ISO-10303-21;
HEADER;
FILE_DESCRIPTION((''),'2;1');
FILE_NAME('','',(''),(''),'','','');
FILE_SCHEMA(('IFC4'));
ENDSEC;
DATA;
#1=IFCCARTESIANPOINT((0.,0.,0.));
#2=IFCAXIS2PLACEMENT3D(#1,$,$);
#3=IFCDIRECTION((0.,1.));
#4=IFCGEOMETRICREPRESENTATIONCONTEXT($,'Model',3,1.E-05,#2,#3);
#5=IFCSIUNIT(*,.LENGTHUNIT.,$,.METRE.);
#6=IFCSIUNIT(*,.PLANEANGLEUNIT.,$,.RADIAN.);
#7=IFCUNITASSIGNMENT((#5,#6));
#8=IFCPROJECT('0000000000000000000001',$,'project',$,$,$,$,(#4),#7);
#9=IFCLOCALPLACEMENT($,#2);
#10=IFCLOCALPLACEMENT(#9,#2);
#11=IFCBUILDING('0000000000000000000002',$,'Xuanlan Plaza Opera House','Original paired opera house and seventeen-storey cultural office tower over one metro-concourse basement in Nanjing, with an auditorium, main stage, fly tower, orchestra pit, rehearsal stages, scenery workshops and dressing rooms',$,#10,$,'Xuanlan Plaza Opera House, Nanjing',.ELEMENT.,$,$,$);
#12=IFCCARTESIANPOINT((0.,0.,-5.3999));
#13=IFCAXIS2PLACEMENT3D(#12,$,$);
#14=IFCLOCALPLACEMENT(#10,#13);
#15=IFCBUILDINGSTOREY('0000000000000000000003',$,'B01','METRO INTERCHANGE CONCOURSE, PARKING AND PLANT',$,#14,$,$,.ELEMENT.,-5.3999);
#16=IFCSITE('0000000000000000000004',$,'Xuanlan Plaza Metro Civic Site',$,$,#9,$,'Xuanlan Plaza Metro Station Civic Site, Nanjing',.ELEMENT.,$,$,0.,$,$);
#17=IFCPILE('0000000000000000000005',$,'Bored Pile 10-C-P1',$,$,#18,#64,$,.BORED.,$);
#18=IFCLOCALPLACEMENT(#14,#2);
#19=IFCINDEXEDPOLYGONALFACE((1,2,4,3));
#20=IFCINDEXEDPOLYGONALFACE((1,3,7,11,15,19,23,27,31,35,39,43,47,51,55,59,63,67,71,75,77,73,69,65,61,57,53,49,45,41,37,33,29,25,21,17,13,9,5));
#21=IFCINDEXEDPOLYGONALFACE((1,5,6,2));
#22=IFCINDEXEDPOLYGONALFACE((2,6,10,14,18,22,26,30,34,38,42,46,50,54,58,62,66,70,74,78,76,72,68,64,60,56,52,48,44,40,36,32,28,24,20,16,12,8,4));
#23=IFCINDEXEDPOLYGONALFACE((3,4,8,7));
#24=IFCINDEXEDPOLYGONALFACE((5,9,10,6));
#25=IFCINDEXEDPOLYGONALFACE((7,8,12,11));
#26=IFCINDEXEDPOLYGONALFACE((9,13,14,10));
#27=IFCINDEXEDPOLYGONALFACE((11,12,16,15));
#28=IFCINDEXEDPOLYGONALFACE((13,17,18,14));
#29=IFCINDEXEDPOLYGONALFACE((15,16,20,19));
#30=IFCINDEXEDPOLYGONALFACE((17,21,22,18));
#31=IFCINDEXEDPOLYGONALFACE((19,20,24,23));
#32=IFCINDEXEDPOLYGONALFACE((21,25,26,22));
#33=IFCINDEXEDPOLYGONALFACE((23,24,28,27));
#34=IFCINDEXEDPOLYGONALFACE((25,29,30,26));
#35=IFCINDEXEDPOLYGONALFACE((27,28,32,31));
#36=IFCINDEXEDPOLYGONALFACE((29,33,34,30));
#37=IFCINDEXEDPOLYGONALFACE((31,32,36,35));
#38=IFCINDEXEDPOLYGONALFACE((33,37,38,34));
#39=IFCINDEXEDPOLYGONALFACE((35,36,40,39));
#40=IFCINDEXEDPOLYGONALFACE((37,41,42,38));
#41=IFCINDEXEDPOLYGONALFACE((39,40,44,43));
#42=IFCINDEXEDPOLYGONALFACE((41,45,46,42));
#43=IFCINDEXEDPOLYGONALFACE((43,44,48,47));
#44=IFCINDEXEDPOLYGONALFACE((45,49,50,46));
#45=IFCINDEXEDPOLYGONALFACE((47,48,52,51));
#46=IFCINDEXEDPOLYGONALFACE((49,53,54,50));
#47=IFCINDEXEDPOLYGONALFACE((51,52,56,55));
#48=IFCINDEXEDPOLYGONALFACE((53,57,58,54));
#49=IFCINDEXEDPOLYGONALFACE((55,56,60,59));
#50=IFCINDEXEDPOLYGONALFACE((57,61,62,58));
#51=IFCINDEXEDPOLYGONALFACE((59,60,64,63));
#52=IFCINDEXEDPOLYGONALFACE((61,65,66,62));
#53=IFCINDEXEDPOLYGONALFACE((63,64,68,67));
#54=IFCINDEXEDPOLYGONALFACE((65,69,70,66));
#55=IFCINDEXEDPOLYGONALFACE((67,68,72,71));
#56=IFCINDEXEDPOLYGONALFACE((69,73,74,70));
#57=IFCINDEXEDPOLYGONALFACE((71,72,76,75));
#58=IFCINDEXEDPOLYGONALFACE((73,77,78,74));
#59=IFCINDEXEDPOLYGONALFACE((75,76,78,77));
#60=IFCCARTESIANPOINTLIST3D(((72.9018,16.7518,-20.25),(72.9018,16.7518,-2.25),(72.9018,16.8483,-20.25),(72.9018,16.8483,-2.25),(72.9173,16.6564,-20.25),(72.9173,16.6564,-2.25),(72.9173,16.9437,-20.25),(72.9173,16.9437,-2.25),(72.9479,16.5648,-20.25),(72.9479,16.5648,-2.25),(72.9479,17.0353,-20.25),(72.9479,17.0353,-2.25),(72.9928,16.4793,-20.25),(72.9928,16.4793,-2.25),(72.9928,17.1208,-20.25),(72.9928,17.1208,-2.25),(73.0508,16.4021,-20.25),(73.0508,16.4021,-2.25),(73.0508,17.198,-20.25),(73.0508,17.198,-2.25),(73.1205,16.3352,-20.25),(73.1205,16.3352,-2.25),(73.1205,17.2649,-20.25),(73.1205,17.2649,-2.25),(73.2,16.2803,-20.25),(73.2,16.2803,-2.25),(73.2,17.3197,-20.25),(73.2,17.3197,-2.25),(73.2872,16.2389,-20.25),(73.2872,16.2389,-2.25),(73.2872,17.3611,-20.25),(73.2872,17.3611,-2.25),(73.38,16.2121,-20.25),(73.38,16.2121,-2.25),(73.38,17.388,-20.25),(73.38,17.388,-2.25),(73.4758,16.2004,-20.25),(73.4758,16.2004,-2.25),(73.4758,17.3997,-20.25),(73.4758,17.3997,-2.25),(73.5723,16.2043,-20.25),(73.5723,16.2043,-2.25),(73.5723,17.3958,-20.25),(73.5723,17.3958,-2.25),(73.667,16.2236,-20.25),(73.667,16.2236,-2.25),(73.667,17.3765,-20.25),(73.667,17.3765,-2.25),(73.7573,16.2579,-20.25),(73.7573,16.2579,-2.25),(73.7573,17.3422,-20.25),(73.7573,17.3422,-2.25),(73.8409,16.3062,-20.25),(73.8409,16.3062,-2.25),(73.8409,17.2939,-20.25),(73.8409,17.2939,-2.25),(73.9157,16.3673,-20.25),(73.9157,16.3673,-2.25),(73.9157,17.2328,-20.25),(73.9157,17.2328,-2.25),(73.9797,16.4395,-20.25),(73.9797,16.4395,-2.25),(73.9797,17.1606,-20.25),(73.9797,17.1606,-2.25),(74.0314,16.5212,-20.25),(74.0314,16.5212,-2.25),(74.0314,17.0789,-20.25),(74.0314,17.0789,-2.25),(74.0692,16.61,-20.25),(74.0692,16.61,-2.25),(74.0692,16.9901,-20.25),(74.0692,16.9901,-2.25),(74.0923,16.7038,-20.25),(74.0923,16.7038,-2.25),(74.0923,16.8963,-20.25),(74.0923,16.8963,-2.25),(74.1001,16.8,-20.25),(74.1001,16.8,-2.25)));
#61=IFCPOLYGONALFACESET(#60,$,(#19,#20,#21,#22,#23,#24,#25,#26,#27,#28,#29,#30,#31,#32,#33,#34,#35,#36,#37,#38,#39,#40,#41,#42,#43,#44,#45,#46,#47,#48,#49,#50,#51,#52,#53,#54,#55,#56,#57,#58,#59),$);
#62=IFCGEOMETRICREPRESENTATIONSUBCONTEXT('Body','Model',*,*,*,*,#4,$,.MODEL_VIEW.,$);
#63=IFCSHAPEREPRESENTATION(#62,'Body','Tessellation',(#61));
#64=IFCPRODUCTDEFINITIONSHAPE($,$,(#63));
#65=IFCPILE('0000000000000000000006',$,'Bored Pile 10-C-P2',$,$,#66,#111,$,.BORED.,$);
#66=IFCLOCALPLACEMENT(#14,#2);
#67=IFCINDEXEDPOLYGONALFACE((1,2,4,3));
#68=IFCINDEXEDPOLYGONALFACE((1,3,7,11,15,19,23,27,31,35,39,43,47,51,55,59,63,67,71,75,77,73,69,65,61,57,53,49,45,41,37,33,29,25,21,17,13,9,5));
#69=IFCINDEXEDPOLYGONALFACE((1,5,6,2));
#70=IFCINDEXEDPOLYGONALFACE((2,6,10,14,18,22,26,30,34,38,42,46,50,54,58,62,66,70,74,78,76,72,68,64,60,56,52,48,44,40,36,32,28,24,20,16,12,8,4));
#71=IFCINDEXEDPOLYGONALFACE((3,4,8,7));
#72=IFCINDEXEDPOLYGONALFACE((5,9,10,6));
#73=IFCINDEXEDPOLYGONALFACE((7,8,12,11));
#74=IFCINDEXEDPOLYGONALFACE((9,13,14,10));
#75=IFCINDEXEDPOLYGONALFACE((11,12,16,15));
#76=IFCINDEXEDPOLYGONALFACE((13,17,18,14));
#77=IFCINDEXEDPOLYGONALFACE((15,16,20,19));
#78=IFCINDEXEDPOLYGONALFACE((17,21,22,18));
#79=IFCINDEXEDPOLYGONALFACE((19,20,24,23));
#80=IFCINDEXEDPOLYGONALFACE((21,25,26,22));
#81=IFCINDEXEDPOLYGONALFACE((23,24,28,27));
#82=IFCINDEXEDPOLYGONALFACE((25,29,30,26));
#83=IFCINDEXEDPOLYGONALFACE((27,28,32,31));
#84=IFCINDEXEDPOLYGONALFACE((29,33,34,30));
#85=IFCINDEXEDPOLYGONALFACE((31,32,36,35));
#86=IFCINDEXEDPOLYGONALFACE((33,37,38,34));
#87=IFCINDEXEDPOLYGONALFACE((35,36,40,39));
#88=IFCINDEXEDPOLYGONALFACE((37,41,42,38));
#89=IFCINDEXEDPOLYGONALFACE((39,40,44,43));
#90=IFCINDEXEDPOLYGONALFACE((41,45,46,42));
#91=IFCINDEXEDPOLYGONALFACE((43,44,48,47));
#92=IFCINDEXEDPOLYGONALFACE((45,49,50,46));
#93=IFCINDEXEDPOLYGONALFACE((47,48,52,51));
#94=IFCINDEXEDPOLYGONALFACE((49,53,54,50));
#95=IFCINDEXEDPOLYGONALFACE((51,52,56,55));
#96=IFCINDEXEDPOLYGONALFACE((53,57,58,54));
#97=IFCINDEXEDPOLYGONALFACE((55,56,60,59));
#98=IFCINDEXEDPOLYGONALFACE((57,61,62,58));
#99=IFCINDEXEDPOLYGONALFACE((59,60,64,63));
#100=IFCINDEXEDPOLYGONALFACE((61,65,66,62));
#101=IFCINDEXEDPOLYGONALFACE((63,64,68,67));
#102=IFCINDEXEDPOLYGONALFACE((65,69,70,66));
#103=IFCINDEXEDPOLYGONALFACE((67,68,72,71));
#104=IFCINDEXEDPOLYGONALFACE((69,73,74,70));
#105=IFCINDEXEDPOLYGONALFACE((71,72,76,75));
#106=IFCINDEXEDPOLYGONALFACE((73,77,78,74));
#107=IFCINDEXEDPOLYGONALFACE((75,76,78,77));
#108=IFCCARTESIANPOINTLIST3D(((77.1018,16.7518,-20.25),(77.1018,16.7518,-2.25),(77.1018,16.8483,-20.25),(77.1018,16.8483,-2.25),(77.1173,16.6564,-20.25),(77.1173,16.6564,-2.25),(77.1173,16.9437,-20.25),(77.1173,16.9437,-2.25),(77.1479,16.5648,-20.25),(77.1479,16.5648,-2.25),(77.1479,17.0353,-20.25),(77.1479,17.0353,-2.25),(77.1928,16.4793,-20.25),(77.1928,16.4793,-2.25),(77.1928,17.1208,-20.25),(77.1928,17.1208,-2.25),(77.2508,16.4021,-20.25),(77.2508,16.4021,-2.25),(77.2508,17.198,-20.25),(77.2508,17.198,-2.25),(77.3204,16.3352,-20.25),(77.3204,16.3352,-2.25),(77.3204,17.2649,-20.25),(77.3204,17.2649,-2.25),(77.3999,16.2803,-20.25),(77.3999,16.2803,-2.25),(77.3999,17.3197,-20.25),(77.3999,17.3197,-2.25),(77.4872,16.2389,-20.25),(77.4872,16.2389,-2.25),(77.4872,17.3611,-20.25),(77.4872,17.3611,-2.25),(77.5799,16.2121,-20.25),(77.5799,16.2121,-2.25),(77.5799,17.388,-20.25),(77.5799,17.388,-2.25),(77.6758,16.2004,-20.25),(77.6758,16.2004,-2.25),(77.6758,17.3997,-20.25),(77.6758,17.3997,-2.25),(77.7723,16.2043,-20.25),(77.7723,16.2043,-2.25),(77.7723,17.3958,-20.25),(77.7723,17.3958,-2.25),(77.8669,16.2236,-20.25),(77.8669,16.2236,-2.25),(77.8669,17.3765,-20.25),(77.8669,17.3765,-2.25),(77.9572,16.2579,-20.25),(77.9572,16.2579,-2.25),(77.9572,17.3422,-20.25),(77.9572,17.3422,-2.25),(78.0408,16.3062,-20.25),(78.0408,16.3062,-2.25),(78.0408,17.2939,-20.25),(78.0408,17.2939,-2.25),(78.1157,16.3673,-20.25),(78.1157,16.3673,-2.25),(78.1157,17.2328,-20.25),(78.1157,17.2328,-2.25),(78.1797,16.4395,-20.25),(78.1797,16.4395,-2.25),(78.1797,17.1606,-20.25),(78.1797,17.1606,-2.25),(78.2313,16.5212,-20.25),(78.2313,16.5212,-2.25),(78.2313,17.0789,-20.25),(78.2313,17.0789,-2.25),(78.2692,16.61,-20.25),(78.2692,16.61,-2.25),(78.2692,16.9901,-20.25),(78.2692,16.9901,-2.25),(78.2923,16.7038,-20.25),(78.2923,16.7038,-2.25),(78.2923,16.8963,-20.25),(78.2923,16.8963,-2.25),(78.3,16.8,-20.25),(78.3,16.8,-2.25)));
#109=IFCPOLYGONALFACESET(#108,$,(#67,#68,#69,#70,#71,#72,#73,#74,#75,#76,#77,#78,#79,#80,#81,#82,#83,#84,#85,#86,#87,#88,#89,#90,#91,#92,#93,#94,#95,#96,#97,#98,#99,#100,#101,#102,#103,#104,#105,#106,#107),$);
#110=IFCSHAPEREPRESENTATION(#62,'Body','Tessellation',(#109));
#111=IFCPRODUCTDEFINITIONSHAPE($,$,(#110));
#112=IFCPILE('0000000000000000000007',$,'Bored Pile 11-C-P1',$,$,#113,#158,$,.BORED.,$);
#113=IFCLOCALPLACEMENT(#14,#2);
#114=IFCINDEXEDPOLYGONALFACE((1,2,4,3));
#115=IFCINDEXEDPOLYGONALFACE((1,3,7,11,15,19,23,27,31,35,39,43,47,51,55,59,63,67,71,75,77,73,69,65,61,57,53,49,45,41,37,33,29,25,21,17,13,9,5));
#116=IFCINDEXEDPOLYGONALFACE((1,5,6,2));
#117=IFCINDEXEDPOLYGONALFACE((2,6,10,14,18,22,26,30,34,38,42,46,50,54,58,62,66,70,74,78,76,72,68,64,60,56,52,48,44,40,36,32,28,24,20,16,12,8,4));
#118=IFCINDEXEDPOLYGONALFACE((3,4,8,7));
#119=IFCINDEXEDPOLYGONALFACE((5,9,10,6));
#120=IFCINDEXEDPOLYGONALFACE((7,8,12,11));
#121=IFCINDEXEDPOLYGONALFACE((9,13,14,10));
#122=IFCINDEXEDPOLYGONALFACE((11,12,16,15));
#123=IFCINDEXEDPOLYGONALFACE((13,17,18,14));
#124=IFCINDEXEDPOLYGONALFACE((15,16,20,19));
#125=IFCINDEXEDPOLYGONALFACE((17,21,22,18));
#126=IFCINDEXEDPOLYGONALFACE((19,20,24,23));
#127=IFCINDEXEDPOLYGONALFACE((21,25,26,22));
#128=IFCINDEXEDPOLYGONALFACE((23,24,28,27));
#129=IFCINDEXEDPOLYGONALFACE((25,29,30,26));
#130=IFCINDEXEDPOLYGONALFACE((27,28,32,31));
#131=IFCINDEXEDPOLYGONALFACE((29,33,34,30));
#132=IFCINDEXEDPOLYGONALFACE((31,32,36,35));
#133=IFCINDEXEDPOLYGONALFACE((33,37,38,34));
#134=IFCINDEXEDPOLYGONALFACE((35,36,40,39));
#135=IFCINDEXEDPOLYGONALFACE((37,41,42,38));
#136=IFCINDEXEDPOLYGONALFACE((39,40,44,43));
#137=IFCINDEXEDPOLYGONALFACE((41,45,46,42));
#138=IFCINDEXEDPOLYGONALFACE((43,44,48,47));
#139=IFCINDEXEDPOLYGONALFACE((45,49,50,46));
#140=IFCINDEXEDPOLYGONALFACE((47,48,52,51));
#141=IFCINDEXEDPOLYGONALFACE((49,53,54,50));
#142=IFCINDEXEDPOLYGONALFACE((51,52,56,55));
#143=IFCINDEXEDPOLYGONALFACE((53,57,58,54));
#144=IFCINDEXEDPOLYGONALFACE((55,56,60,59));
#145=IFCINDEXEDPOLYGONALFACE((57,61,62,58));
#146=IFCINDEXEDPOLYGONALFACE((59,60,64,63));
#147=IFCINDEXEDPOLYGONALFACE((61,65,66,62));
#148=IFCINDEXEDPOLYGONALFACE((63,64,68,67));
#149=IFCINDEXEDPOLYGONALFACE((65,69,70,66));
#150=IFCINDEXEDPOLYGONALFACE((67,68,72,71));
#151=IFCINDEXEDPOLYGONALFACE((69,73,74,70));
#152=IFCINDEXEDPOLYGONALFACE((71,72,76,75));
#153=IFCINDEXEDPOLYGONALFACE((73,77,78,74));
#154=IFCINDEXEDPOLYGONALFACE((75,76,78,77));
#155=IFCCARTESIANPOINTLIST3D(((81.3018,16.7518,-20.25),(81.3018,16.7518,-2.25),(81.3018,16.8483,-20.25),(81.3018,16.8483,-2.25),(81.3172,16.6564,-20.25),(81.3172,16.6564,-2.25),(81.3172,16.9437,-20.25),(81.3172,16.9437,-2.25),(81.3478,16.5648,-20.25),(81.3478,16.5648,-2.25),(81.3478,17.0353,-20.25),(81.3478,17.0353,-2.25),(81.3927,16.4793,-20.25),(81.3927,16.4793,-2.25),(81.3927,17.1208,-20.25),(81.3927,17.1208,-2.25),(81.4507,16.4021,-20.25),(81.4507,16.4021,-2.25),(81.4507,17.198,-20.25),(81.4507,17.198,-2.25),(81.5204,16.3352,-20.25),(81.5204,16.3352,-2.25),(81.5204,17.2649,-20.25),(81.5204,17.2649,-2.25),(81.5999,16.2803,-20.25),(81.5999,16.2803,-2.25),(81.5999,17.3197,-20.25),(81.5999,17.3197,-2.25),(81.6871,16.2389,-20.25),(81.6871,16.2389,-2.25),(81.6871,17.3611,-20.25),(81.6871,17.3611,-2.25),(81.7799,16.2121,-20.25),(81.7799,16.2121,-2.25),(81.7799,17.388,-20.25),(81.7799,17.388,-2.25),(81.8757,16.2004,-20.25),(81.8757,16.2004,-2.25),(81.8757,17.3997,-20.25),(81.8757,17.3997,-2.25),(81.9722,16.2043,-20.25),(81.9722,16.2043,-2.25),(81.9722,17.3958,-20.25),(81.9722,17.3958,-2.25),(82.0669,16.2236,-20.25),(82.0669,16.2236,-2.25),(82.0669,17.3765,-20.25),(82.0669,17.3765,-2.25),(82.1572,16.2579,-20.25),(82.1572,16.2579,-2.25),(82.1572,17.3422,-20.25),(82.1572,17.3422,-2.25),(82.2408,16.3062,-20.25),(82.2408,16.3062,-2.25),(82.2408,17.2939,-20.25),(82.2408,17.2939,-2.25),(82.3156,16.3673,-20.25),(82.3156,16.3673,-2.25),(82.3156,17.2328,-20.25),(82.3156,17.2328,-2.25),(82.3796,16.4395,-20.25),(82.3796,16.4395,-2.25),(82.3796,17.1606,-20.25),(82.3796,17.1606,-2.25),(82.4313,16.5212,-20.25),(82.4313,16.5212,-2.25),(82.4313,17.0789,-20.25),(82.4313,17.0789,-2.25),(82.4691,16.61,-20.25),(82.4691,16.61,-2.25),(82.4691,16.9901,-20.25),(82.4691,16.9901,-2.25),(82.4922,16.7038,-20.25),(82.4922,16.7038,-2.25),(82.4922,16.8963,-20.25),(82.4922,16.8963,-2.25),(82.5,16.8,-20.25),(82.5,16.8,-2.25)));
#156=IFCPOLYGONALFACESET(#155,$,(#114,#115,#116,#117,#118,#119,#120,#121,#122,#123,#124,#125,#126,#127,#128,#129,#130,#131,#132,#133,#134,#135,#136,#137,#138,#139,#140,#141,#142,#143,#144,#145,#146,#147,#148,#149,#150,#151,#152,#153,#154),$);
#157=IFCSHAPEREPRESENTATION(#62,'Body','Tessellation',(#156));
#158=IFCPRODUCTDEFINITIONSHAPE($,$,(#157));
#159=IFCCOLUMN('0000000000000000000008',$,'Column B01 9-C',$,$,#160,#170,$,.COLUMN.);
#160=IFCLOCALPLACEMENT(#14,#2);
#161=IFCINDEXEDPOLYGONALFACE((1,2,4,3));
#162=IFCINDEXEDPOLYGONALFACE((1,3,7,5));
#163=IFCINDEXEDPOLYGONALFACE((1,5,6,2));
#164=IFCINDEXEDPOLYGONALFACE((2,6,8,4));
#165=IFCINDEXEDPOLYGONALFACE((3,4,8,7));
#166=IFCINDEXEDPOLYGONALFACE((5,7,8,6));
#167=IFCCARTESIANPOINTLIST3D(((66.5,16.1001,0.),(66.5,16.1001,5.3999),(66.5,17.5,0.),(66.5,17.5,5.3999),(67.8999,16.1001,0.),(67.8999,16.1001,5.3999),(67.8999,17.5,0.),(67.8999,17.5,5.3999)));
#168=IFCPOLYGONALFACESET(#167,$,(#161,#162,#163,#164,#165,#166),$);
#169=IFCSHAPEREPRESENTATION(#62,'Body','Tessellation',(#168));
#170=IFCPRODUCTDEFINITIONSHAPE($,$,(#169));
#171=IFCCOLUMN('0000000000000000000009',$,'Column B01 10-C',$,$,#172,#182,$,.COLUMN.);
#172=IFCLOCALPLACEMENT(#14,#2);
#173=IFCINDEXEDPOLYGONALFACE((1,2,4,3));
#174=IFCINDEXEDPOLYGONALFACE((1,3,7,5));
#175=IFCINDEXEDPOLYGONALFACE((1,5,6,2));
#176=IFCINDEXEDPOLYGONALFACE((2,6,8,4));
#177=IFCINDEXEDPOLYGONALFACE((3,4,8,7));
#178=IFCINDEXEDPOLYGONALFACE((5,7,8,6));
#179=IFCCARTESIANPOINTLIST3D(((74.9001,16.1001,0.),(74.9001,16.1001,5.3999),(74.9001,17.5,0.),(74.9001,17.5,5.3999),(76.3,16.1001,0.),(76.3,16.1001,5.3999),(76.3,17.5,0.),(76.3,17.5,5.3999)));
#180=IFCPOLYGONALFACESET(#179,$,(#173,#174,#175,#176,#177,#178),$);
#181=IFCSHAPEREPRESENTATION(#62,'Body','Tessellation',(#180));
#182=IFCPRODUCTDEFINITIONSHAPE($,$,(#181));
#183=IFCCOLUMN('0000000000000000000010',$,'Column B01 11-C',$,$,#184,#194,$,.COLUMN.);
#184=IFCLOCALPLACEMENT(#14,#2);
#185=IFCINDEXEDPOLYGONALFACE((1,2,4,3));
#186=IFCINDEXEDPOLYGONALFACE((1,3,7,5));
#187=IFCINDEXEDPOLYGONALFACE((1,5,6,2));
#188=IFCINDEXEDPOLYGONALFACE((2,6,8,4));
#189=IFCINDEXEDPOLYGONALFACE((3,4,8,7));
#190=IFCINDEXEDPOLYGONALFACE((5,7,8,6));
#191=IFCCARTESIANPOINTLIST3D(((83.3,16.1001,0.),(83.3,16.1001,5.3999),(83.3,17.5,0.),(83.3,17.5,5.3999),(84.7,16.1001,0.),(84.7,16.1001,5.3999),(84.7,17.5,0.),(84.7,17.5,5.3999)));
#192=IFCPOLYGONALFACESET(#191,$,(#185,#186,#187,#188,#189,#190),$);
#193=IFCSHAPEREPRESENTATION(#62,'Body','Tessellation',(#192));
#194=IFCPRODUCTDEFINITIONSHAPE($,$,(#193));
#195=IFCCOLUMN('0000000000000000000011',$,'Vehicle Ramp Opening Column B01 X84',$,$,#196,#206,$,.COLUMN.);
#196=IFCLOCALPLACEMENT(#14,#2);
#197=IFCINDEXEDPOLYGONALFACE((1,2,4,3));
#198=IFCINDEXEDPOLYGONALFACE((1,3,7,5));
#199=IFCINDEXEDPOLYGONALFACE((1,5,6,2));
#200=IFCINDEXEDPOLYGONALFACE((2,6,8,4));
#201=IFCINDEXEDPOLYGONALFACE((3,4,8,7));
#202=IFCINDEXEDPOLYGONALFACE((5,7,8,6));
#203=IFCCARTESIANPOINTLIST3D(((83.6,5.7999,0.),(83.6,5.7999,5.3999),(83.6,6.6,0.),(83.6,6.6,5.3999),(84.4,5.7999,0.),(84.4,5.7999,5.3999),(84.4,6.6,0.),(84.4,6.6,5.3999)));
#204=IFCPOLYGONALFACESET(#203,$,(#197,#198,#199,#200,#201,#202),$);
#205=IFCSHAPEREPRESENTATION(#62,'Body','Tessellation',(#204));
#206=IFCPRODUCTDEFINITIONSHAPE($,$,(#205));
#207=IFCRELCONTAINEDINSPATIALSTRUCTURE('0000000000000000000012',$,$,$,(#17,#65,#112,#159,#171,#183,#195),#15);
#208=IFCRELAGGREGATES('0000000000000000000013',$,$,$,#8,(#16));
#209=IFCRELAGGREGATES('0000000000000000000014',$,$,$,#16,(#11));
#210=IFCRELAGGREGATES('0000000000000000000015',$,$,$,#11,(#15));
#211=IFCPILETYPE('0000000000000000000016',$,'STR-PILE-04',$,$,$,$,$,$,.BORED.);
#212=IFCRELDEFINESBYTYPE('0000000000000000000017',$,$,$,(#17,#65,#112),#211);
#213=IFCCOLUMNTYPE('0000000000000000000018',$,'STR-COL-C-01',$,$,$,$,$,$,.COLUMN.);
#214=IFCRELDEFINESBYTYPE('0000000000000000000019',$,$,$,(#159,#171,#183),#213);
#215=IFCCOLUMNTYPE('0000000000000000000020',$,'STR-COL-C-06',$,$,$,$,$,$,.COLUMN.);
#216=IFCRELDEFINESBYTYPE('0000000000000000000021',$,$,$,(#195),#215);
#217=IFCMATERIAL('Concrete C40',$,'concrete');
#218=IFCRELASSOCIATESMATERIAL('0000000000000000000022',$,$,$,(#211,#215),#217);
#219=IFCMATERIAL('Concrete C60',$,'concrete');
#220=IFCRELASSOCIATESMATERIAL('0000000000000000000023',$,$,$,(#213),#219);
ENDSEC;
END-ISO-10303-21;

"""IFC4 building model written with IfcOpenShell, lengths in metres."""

from ifc_helpers import new_model, si_unit, direction, frame, origin, origin_2d, place, context, subcontext, project, spatial, rectangle, circle, extrude, material, material_profile, profile_set, type_object, element, save


model = new_model("IFC4")

# Units and contexts
model_context = context("Model", 3, precision=1e-05, world=origin(), true_north=direction((0.0, 1.0)))
body_context = subcontext(model_context, "Body", "Model", "MODEL_VIEW")
ifc_project = project(units=[si_unit("LENGTHUNIT", "METRE"), si_unit("PLANEANGLEUNIT", "RADIAN")], contexts=[model_context])

# Site, building, storey
site_placement = place(None, origin())
site = spatial("IfcSite", under=ifc_project, at=site_placement, Name="Xuanlan Plaza Metro Civic Site", LongName="Xuanlan Plaza Metro Station Civic Site, Nanjing", CompositionType="ELEMENT", RefElevation=0.0)
building_placement = place(site_placement, origin())
building = spatial("IfcBuilding", under=site, at=building_placement, Name="Xuanlan Plaza Opera House", Description="Original paired opera house and seventeen-storey cultural office tower over one metro-concourse basement in Nanjing, with an auditorium, main stage, fly tower, orchestra pit, rehearsal stages, scenery workshops and dressing rooms", LongName="Xuanlan Plaza Opera House, Nanjing", CompositionType="ELEMENT")
storey_placement = place(building_placement, frame((0.0, 0.0, -5.3999)))
storey = spatial("IfcBuildingStorey", under=building, at=storey_placement, Name="B01", Description="METRO INTERCHANGE CONCOURSE, PARKING AND PLANT", CompositionType="ELEMENT", Elevation=-5.3999)

# Shared definitions
ifc_material_1 = material(Name="Concrete C40", Category="concrete")

# Piles
ifc_material_profile_1 = material_profile(ifc_material_1, circle(Radius=0.6001, at=origin_2d()), Name="PILE D1200")
ifc_profile_set_1 = profile_set([ifc_material_profile_1], Name="Concrete C40")
pile_type = type_object("IfcPileType", Name="STR-PILE-04", PredefinedType="BORED", material=ifc_profile_set_1)
for number, where, z_axis, x_axis, name in (
    (1, (73.5, 16.8, -2.25), (0.0, 0.0, -1.0), (1.0, 0.0, 0.0), "Bored Pile 10-C-P1"),
    (2, (77.7, 16.8, -2.25), (0.0, 0.0, -1.0), (1.0, 0.0, 0.0), "Bored Pile 10-C-P2"),
    (3, (81.8999, 16.8, -2.25), (0.0, 0.0, -1.0), (1.0, 0.0, 0.0), "Bored Pile 11-C-P1"),
):
    element("IfcPile", number, at=place(storey_placement, frame(where, z_axis=z_axis, x_axis=x_axis)), inside=storey, type_object=pile_type, Name=name, PredefinedType="BORED", context=body_context, shape_type="SweptSolid", body=[
        extrude(circle(Radius=0.6001, at=origin_2d()), origin(), (0.0, 0.0, 1.0), 18.0),
    ])

# Columns
ifc_material_2 = material(Name="Concrete C60", Category="concrete")
ifc_material_profile_2 = material_profile(ifc_material_2, rectangle(XDim=1.3999, YDim=1.3999, at=origin_2d()), Name="RC-COL 1400x1400")
ifc_profile_set_2 = profile_set([ifc_material_profile_2], Name="Concrete C60")
column_type_1 = type_object("IfcColumnType", Name="STR-COL-C-01", PredefinedType="COLUMN", material=ifc_profile_set_2)
for number, where, z_axis, x_axis, name in (
    (4, (67.2, 16.8, 0.0), (0.0, 0.0, 1.0), (1.0, 0.0, 0.0), "Column B01 9-C"),
    (5, (75.6001, 16.8, 0.0), (0.0, 0.0, 1.0), (1.0, 0.0, 0.0), "Column B01 10-C"),
    (6, (84.0, 16.8, 0.0), (0.0, 0.0, 1.0), (1.0, 0.0, 0.0), "Column B01 11-C"),
):
    element("IfcColumn", number, at=place(storey_placement, frame(where, z_axis=z_axis, x_axis=x_axis)), inside=storey, type_object=column_type_1, Name=name, PredefinedType="COLUMN", context=body_context, shape_type="SweptSolid", body=[
        extrude(rectangle(XDim=1.3999, YDim=1.3999, at=origin_2d()), origin(), (0.0, 0.0, 1.0), 5.3999),
    ])
ifc_material_profile_3 = material_profile(ifc_material_1, rectangle(XDim=0.8, YDim=0.8, at=origin_2d()), Name="RC-COL 800x800")
ifc_profile_set_3 = profile_set([ifc_material_profile_3], Name="Concrete C40")
column_type_2 = type_object("IfcColumnType", Name="STR-COL-C-06", PredefinedType="COLUMN", material=ifc_profile_set_3)
column_placement = place(storey_placement, frame((84.0, 6.2, 0.0), z_axis=(0.0, 0.0, 1.0), x_axis=(1.0, 0.0, 0.0)))
element("IfcColumn", 7, at=column_placement, inside=storey, type_object=column_type_2, Name="Vehicle Ramp Opening Column B01 X84", PredefinedType="COLUMN", context=body_context, shape_type="SweptSolid", body=[
    extrude(rectangle(XDim=0.8, YDim=0.8, at=origin_2d()), origin(), (0.0, 0.0, 1.0), 5.3999),
])

save(model, "model.ifc")
